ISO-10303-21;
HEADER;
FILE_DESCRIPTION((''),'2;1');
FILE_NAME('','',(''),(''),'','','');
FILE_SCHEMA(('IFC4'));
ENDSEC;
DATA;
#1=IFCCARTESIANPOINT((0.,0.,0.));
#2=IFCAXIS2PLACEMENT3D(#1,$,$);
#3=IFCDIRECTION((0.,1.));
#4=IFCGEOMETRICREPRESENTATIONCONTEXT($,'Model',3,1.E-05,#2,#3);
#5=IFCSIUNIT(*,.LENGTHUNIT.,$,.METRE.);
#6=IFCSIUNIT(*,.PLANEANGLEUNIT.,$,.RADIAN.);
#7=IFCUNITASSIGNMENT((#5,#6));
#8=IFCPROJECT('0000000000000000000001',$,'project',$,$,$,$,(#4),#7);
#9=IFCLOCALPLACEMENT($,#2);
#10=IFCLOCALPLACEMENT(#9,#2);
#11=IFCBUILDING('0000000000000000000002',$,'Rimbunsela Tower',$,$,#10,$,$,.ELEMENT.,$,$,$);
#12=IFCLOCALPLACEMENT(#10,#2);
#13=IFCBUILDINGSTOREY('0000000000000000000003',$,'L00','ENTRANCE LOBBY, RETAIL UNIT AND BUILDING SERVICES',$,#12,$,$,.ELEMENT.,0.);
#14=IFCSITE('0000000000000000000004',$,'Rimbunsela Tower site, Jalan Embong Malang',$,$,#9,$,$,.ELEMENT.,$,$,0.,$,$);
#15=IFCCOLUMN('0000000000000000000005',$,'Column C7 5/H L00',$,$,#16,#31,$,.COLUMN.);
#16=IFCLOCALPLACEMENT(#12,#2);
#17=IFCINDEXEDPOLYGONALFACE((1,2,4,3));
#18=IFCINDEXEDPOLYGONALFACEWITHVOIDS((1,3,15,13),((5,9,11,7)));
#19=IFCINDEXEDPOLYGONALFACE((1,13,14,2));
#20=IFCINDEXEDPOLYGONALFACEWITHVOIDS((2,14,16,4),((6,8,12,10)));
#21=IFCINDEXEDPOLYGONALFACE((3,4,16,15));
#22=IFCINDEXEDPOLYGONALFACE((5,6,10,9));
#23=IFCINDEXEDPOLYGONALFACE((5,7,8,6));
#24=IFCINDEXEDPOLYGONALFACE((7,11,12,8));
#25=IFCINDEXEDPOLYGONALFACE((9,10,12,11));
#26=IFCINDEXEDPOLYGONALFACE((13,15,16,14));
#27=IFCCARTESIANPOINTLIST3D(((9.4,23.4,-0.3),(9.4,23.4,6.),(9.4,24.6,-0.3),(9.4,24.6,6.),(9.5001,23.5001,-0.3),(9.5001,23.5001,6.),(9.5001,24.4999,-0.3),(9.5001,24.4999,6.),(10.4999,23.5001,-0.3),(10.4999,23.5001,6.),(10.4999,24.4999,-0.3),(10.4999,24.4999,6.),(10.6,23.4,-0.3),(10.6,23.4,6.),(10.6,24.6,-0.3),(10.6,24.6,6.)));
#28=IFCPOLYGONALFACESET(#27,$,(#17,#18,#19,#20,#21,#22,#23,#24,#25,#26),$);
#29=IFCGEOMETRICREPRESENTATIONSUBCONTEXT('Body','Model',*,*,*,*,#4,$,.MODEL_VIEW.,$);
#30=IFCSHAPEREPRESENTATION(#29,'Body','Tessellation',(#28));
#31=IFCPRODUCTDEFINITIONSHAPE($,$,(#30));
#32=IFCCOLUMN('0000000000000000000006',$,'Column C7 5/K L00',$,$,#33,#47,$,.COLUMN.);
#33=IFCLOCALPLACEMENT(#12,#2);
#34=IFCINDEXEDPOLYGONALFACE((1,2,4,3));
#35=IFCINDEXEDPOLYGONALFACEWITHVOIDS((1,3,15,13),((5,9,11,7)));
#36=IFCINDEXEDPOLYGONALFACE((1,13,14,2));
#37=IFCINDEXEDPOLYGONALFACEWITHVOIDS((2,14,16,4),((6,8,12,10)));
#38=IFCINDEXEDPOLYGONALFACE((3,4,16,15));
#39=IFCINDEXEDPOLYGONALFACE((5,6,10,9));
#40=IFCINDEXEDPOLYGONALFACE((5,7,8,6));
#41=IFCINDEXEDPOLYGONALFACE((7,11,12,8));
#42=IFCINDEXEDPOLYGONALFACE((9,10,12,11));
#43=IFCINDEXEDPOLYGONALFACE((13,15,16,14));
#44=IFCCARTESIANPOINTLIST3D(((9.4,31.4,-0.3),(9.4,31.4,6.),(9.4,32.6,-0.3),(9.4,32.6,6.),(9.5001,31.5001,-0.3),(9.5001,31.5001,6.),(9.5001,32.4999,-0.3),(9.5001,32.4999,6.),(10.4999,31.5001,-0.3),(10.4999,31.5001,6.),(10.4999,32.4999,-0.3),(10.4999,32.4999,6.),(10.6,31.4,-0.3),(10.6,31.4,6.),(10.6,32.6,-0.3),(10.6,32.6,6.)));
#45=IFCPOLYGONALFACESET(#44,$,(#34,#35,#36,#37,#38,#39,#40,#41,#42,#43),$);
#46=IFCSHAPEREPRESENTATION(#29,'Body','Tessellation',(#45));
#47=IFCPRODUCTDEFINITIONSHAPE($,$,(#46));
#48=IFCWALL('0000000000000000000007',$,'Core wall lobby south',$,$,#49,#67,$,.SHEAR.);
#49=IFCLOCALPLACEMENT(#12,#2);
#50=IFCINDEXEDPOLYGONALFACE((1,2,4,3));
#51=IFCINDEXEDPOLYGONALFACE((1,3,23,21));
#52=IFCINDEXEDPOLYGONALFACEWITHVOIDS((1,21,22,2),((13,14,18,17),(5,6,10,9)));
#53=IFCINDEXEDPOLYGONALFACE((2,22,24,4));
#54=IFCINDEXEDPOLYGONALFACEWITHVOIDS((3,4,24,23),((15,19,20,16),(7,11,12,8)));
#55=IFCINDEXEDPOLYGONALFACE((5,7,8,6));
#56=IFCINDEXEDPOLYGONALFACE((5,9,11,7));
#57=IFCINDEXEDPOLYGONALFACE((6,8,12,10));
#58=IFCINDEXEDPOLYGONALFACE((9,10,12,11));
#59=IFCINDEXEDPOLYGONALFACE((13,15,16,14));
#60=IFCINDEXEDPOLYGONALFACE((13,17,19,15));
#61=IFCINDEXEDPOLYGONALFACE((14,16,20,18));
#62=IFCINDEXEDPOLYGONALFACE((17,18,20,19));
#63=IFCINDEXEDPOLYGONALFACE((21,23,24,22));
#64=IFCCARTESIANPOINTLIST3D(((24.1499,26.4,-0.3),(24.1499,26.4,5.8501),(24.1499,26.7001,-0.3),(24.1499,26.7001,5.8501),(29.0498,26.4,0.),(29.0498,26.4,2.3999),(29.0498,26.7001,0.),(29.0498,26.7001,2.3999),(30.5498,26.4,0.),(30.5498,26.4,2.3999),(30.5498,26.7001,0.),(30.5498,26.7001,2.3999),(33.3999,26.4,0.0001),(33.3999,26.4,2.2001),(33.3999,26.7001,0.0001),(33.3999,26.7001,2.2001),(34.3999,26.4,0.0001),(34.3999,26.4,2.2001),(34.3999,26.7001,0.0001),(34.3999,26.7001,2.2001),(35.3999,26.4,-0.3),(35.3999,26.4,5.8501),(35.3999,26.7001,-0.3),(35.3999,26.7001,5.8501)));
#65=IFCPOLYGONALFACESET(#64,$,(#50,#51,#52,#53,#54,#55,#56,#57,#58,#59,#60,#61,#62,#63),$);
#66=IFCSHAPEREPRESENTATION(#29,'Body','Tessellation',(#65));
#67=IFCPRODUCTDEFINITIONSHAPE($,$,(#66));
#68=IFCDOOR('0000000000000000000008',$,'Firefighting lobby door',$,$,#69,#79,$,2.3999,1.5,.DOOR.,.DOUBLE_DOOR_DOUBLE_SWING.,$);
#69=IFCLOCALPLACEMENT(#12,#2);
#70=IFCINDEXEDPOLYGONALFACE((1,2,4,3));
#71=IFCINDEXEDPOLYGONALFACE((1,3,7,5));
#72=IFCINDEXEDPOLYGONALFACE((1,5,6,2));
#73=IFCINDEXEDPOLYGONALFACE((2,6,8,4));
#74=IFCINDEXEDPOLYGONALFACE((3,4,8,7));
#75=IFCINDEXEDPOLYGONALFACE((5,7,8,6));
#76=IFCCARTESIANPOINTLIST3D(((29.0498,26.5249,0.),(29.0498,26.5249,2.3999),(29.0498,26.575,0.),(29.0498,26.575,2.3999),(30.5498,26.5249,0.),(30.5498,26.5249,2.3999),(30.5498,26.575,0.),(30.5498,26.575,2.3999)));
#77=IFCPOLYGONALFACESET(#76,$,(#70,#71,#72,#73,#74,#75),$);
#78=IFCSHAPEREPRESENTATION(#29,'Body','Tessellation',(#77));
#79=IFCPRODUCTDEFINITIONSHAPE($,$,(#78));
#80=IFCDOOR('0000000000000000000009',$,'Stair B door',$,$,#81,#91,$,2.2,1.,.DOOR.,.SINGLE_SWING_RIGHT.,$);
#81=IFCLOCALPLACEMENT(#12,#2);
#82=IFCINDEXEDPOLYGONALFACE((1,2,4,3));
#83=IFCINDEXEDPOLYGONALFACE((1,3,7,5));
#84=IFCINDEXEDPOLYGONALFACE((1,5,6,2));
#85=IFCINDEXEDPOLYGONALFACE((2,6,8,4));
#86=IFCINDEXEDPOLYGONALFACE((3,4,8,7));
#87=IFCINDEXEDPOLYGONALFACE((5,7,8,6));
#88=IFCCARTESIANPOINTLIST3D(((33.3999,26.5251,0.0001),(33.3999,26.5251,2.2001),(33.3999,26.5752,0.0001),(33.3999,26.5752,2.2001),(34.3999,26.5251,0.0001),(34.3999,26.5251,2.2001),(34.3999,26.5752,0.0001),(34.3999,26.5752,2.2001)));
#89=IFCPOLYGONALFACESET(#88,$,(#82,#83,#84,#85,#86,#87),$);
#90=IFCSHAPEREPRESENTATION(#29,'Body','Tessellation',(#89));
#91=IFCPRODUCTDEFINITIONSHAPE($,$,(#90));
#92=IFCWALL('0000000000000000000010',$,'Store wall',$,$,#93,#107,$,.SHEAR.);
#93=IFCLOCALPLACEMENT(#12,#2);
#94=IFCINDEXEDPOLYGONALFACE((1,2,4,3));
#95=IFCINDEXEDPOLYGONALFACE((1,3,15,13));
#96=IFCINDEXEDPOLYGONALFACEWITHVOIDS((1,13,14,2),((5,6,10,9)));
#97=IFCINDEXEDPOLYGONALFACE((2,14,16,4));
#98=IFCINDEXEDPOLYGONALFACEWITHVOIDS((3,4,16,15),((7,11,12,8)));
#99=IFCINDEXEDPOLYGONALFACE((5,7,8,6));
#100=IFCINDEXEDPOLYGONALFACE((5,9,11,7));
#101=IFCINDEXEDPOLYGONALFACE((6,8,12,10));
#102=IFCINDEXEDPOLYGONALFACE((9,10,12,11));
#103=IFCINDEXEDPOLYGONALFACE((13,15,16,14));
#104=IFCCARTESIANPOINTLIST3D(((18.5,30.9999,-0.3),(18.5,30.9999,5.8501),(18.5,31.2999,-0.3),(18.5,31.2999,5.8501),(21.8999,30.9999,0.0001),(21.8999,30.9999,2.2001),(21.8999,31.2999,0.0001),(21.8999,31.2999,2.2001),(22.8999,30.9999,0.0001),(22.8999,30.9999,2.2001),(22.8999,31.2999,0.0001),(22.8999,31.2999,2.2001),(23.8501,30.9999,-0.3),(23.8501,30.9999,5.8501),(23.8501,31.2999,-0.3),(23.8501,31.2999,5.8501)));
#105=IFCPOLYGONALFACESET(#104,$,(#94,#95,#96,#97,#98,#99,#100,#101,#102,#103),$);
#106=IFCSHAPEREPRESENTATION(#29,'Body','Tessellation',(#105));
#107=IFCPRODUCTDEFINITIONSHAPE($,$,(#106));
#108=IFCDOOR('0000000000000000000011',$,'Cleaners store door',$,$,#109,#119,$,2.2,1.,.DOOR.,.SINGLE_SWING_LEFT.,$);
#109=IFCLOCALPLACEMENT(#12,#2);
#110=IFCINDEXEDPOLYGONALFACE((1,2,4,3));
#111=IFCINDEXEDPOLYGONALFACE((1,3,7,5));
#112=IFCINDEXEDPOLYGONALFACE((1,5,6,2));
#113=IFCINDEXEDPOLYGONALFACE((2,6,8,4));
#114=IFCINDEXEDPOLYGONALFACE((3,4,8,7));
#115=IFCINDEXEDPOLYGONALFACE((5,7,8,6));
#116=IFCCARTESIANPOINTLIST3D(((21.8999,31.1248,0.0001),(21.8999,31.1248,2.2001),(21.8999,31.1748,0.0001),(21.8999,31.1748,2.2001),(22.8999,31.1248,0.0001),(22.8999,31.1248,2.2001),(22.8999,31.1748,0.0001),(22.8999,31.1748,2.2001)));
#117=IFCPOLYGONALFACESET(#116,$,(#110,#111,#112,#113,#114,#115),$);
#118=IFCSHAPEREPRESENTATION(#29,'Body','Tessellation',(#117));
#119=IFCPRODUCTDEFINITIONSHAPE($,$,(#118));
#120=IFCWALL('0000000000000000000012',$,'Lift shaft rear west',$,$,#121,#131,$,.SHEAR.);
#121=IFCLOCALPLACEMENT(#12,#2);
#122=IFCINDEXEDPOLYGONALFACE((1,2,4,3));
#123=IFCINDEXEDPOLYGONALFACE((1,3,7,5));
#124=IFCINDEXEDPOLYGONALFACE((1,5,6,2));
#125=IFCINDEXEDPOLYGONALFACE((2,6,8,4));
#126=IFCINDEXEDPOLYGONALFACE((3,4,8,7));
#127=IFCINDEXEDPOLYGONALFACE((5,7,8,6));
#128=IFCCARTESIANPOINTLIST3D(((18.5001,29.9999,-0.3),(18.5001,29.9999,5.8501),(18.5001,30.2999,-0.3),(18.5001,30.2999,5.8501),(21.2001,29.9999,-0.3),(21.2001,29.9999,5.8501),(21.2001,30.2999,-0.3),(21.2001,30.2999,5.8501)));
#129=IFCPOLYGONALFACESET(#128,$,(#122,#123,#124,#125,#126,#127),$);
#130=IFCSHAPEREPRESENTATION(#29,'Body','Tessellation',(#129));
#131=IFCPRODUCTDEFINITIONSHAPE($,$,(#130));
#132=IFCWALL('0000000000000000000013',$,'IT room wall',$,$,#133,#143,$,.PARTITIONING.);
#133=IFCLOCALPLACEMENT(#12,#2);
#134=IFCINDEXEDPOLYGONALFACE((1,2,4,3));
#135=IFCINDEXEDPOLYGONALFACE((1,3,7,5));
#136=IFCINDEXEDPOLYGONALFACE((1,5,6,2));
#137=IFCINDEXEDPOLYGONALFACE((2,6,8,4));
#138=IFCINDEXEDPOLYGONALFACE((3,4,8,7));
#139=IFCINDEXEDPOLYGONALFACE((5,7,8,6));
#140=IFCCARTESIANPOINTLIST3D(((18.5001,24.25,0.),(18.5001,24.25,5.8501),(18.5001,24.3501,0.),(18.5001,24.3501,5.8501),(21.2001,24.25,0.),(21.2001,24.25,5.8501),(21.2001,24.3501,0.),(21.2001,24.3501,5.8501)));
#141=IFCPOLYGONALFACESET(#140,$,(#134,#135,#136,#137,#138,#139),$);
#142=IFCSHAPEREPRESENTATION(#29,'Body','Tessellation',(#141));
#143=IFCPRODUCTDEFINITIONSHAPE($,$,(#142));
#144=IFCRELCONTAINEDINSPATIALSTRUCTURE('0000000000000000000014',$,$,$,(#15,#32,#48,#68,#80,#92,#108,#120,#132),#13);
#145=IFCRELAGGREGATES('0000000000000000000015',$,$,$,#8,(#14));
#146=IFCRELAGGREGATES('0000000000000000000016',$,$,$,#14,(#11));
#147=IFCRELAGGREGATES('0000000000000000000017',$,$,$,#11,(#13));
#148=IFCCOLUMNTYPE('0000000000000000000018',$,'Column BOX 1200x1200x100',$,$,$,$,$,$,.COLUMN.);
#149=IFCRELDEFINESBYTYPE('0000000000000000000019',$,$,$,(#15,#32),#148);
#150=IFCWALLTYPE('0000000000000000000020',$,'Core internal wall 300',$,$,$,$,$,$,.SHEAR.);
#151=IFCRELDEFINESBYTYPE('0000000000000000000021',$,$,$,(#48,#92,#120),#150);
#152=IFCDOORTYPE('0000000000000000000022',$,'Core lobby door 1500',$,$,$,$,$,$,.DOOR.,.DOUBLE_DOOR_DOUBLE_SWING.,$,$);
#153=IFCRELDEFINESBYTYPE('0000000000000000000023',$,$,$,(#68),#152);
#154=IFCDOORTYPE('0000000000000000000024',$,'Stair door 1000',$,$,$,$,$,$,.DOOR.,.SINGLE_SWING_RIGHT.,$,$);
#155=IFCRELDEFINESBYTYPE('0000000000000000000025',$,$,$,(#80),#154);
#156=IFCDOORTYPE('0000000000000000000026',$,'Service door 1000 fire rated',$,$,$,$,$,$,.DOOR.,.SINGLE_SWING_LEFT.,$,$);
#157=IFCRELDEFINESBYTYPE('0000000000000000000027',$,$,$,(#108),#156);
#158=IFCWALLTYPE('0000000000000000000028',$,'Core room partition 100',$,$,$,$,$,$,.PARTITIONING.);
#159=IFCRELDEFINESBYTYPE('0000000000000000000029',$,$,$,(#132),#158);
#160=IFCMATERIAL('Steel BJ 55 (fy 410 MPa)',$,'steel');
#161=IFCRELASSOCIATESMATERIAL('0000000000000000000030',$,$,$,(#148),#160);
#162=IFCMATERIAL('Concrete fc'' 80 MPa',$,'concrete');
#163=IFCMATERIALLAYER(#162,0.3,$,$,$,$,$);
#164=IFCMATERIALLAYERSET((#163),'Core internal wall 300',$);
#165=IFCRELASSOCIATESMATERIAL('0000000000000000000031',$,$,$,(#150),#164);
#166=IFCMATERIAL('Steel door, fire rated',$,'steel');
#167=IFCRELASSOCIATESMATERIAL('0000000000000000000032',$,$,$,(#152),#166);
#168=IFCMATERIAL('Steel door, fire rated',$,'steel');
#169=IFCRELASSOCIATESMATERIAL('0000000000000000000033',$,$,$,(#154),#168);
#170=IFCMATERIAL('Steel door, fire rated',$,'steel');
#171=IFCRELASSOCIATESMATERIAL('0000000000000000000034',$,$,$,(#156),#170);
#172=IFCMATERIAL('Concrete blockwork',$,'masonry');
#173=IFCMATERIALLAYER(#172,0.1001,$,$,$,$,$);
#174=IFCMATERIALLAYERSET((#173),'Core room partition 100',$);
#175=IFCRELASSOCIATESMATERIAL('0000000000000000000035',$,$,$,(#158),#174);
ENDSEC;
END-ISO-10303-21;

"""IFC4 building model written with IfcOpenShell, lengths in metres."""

from ifc_helpers import new_model, si_unit, direction, frame, frame_2d, origin, origin_2d, place, context, subcontext, project, spatial, rectangle, hollow_rectangle, extrude, material, layer, layer_set, material_profile, profile_set, type_object, element, fill, save


model = new_model("IFC4")

# Units and contexts
model_context = context("Model", 3, precision=1e-05, world=origin(), true_north=direction((0.0, 1.0)))
body_context = subcontext(model_context, "Body", "Model", "MODEL_VIEW")
ifc_project = project(units=[si_unit("LENGTHUNIT", "METRE"), si_unit("PLANEANGLEUNIT", "RADIAN")], contexts=[model_context])

# Site, building, storey
site_placement = place(None, origin())
site = spatial("IfcSite", under=ifc_project, at=site_placement, Name="Rimbunsela Tower site, Jalan Embong Malang", CompositionType="ELEMENT", RefElevation=0.0)
building_placement = place(site_placement, origin())
building = spatial("IfcBuilding", under=site, at=building_placement, Name="Rimbunsela Tower", CompositionType="ELEMENT")
storey_placement = place(building_placement, origin())
storey = spatial("IfcBuildingStorey", under=building, at=storey_placement, Name="L00", Description="ENTRANCE LOBBY, RETAIL UNIT AND BUILDING SERVICES", CompositionType="ELEMENT", Elevation=0.0)

# Columns
ifc_material_1 = material(Name="Steel BJ 55 (fy 410 MPa)", Category="steel")
ifc_material_profile_1 = material_profile(ifc_material_1, hollow_rectangle(XDim=1.2, YDim=1.2, WallThickness=0.1001, at=origin_2d()), Name="BOX 1200x1200x100")
ifc_profile_set_1 = profile_set([ifc_material_profile_1], Name="Steel BJ 55 (fy 410 MPa)")
column_type = type_object("IfcColumnType", Name="Column BOX 1200x1200x100", PredefinedType="COLUMN", material=ifc_profile_set_1)
for number, where, z_axis, x_axis, name in (
    (1, (10.0, 24.0, -0.3), (0.0, 0.0, 1.0), (1.0, 0.0, 0.0), "Column C7 5/H L00"),
    (2, (10.0, 32.0, -0.3), (0.0, 0.0, 1.0), (1.0, 0.0, 0.0), "Column C7 5/K L00"),
):
    element("IfcColumn", number, at=place(storey_placement, frame(where, z_axis=z_axis, x_axis=x_axis)), inside=storey, type_object=column_type, Name=name, PredefinedType="COLUMN", context=body_context, shape_type="SweptSolid", body=[
        extrude(hollow_rectangle(XDim=1.2, YDim=1.2, WallThickness=0.1001, at=origin_2d()), origin(), (0.0, 0.0, 1.0), 6.3),
    ])

# Wall, openings, doors
ifc_material_2 = material(Name="Concrete fc' 80 MPa", Category="concrete")
ifc_layer_1 = layer(ifc_material_2, 0.3)
ifc_layer_set_1 = layer_set([ifc_layer_1], Name="Core internal wall 300")
wall_type_1 = type_object("IfcWallType", Name="Core internal wall 300", PredefinedType="SHEAR", material=ifc_layer_set_1)
wall_1_placement = place(storey_placement, frame((24.1499, 26.55, -0.3), z_axis=(0.0, 0.0, 1.0), x_axis=(1.0, 0.0, 0.0)))
wall_1 = element("IfcWall", 3, at=wall_1_placement, inside=storey, type_object=wall_type_1, Name="Core wall lobby south", PredefinedType="SHEAR", context=body_context, shape_type="SweptSolid", body=[
    extrude(rectangle(XDim=11.25, YDim=0.3, at=frame_2d((5.625, 0.0))), origin(), (0.0, 0.0, 1.0), 6.1501),
])
opening_1_placement = place(wall_1_placement, frame((9.25, 0.0, 0.3)))
opening_1 = element("IfcOpeningElement", 4, at=opening_1_placement, cuts=wall_1, PredefinedType="OPENING", context=body_context, shape_type="SweptSolid", body=[
    extrude(rectangle(XDim=1.0, YDim=2.2, at=frame_2d((0.5, 1.1001))), frame((0.0, 0.1599, 0.0), z_axis=(0.0, -1.0, 0.0), x_axis=(1.0, 0.0, 0.0)), (0.0, 0.0, 1.0), 0.3201),
])
opening_2_placement = place(wall_1_placement, frame((4.8999, 0.0, 0.3)))
opening_2 = element("IfcOpeningElement", 5, at=opening_2_placement, cuts=wall_1, PredefinedType="OPENING", context=body_context, shape_type="SweptSolid", body=[
    extrude(rectangle(XDim=1.5, YDim=2.3999, at=frame_2d((0.75, 1.2))), frame((0.0, 0.1599, 0.0), z_axis=(0.0, -1.0, 0.0), x_axis=(1.0, 0.0, 0.0)), (0.0, 0.0, 1.0), 0.3201),
])
ifc_material_3 = material(Name="Steel door, fire rated", Category="steel")
door_type_1 = type_object("IfcDoorType", Name="Core lobby door 1500", OperationType="DOUBLE_DOOR_DOUBLE_SWING", PredefinedType="DOOR", material=ifc_material_3)
door_1_placement = place(opening_2_placement, origin())
door_1 = element("IfcDoor", 6, at=door_1_placement, inside=storey, type_object=door_type_1, Name="Firefighting lobby door", OperationType="DOUBLE_DOOR_DOUBLE_SWING", OverallHeight=2.3999, OverallWidth=1.5, PredefinedType="DOOR", context=body_context, shape_type="SweptSolid", body=[
    extrude(rectangle(XDim=1.5, YDim=2.3999, at=frame_2d((0.75, 1.2))), frame((0.0, 0.0249, 0.0), z_axis=(0.0, -1.0, 0.0), x_axis=(1.0, 0.0, 0.0)), (0.0, 0.0, 1.0), 0.05),
])
fill(opening_2, door_1)
ifc_material_4 = material(Name="Steel door, fire rated", Category="steel")
door_type_2 = type_object("IfcDoorType", Name="Stair door 1000", OperationType="SINGLE_SWING_RIGHT", PredefinedType="DOOR", material=ifc_material_4)
door_2_placement = place(opening_1_placement, frame((1.0, 0.0, 0.0), z_axis=(0.0, 0.0, 1.0), x_axis=(-1.0, 0.0, 0.0)))
door_2 = element("IfcDoor", 7, at=door_2_placement, inside=storey, type_object=door_type_2, Name="Stair B door", OperationType="SINGLE_SWING_RIGHT", OverallHeight=2.2, OverallWidth=1.0, PredefinedType="DOOR", context=body_context, shape_type="SweptSolid", body=[
    extrude(rectangle(XDim=1.0, YDim=2.2, at=frame_2d((0.5, 1.1001))), frame((0.0, 0.0249, 0.0), z_axis=(0.0, -1.0, 0.0), x_axis=(1.0, 0.0, 0.0)), (0.0, 0.0, 1.0), 0.05),
])
fill(opening_1, door_2)

# Wall, opening, door
wall_2_placement = place(storey_placement, frame((18.5, 31.1499, -0.3), z_axis=(0.0, 0.0, 1.0), x_axis=(1.0, 0.0, 0.0)))
wall_2 = element("IfcWall", 8, at=wall_2_placement, inside=storey, type_object=wall_type_1, Name="Store wall", PredefinedType="SHEAR", context=body_context, shape_type="SweptSolid", body=[
    extrude(rectangle(XDim=5.3501, YDim=0.3, at=frame_2d((2.675, 0.0))), origin(), (0.0, 0.0, 1.0), 6.1501),
])
opening_3_placement = place(wall_2_placement, frame((3.3999, 0.0, 0.3)))
opening_3 = element("IfcOpeningElement", 9, at=opening_3_placement, cuts=wall_2, PredefinedType="OPENING", context=body_context, shape_type="SweptSolid", body=[
    extrude(rectangle(XDim=1.0, YDim=2.2, at=frame_2d((0.5, 1.1001))), frame((0.0, 0.1599, 0.0), z_axis=(0.0, -1.0, 0.0), x_axis=(1.0, 0.0, 0.0)), (0.0, 0.0, 1.0), 0.3201),
])
ifc_material_5 = material(Name="Steel door, fire rated", Category="steel")
door_type_3 = type_object("IfcDoorType", Name="Service door 1000 fire rated", OperationType="SINGLE_SWING_LEFT", PredefinedType="DOOR", material=ifc_material_5)
door_3_placement = place(opening_3_placement, origin())
door_3 = element("IfcDoor", 10, at=door_3_placement, inside=storey, type_object=door_type_3, Name="Cleaners store door", OperationType="SINGLE_SWING_LEFT", OverallHeight=2.2, OverallWidth=1.0, PredefinedType="DOOR", context=body_context, shape_type="SweptSolid", body=[
    extrude(rectangle(XDim=1.0, YDim=2.2, at=frame_2d((0.5, 1.1001))), frame((0.0, 0.0249, 0.0), z_axis=(0.0, -1.0, 0.0), x_axis=(1.0, 0.0, 0.0)), (0.0, 0.0, 1.0), 0.05),
])
fill(opening_3, door_3)

# Walls
wall_3_placement = place(storey_placement, frame((18.5, 30.1499, -0.3), z_axis=(0.0, 0.0, 1.0), x_axis=(1.0, 0.0, 0.0)))
element("IfcWall", 11, at=wall_3_placement, inside=storey, type_object=wall_type_1, Name="Lift shaft rear west", PredefinedType="SHEAR", context=body_context, shape_type="SweptSolid", body=[
    extrude(rectangle(XDim=2.7, YDim=0.3, at=frame_2d((1.3501, 0.0))), origin(), (0.0, 0.0, 1.0), 6.1501),
])
ifc_material_6 = material(Name="Concrete blockwork", Category="masonry")
ifc_layer_2 = layer(ifc_material_6, 0.1001)
ifc_layer_set_2 = layer_set([ifc_layer_2], Name="Core room partition 100")
wall_type_2 = type_object("IfcWallType", Name="Core room partition 100", PredefinedType="PARTITIONING", material=ifc_layer_set_2)
wall_4_placement = place(storey_placement, frame((18.5, 24.3, 0.0), z_axis=(0.0, 0.0, 1.0), x_axis=(1.0, 0.0, 0.0)))
element("IfcWall", 12, at=wall_4_placement, inside=storey, type_object=wall_type_2, Name="IT room wall", PredefinedType="PARTITIONING", context=body_context, shape_type="SweptSolid", body=[
    extrude(rectangle(XDim=2.7, YDim=0.1001, at=frame_2d((1.3501, 0.0))), origin(), (0.0, 0.0, 1.0), 5.8501),
])

save(model, "model.ifc")
